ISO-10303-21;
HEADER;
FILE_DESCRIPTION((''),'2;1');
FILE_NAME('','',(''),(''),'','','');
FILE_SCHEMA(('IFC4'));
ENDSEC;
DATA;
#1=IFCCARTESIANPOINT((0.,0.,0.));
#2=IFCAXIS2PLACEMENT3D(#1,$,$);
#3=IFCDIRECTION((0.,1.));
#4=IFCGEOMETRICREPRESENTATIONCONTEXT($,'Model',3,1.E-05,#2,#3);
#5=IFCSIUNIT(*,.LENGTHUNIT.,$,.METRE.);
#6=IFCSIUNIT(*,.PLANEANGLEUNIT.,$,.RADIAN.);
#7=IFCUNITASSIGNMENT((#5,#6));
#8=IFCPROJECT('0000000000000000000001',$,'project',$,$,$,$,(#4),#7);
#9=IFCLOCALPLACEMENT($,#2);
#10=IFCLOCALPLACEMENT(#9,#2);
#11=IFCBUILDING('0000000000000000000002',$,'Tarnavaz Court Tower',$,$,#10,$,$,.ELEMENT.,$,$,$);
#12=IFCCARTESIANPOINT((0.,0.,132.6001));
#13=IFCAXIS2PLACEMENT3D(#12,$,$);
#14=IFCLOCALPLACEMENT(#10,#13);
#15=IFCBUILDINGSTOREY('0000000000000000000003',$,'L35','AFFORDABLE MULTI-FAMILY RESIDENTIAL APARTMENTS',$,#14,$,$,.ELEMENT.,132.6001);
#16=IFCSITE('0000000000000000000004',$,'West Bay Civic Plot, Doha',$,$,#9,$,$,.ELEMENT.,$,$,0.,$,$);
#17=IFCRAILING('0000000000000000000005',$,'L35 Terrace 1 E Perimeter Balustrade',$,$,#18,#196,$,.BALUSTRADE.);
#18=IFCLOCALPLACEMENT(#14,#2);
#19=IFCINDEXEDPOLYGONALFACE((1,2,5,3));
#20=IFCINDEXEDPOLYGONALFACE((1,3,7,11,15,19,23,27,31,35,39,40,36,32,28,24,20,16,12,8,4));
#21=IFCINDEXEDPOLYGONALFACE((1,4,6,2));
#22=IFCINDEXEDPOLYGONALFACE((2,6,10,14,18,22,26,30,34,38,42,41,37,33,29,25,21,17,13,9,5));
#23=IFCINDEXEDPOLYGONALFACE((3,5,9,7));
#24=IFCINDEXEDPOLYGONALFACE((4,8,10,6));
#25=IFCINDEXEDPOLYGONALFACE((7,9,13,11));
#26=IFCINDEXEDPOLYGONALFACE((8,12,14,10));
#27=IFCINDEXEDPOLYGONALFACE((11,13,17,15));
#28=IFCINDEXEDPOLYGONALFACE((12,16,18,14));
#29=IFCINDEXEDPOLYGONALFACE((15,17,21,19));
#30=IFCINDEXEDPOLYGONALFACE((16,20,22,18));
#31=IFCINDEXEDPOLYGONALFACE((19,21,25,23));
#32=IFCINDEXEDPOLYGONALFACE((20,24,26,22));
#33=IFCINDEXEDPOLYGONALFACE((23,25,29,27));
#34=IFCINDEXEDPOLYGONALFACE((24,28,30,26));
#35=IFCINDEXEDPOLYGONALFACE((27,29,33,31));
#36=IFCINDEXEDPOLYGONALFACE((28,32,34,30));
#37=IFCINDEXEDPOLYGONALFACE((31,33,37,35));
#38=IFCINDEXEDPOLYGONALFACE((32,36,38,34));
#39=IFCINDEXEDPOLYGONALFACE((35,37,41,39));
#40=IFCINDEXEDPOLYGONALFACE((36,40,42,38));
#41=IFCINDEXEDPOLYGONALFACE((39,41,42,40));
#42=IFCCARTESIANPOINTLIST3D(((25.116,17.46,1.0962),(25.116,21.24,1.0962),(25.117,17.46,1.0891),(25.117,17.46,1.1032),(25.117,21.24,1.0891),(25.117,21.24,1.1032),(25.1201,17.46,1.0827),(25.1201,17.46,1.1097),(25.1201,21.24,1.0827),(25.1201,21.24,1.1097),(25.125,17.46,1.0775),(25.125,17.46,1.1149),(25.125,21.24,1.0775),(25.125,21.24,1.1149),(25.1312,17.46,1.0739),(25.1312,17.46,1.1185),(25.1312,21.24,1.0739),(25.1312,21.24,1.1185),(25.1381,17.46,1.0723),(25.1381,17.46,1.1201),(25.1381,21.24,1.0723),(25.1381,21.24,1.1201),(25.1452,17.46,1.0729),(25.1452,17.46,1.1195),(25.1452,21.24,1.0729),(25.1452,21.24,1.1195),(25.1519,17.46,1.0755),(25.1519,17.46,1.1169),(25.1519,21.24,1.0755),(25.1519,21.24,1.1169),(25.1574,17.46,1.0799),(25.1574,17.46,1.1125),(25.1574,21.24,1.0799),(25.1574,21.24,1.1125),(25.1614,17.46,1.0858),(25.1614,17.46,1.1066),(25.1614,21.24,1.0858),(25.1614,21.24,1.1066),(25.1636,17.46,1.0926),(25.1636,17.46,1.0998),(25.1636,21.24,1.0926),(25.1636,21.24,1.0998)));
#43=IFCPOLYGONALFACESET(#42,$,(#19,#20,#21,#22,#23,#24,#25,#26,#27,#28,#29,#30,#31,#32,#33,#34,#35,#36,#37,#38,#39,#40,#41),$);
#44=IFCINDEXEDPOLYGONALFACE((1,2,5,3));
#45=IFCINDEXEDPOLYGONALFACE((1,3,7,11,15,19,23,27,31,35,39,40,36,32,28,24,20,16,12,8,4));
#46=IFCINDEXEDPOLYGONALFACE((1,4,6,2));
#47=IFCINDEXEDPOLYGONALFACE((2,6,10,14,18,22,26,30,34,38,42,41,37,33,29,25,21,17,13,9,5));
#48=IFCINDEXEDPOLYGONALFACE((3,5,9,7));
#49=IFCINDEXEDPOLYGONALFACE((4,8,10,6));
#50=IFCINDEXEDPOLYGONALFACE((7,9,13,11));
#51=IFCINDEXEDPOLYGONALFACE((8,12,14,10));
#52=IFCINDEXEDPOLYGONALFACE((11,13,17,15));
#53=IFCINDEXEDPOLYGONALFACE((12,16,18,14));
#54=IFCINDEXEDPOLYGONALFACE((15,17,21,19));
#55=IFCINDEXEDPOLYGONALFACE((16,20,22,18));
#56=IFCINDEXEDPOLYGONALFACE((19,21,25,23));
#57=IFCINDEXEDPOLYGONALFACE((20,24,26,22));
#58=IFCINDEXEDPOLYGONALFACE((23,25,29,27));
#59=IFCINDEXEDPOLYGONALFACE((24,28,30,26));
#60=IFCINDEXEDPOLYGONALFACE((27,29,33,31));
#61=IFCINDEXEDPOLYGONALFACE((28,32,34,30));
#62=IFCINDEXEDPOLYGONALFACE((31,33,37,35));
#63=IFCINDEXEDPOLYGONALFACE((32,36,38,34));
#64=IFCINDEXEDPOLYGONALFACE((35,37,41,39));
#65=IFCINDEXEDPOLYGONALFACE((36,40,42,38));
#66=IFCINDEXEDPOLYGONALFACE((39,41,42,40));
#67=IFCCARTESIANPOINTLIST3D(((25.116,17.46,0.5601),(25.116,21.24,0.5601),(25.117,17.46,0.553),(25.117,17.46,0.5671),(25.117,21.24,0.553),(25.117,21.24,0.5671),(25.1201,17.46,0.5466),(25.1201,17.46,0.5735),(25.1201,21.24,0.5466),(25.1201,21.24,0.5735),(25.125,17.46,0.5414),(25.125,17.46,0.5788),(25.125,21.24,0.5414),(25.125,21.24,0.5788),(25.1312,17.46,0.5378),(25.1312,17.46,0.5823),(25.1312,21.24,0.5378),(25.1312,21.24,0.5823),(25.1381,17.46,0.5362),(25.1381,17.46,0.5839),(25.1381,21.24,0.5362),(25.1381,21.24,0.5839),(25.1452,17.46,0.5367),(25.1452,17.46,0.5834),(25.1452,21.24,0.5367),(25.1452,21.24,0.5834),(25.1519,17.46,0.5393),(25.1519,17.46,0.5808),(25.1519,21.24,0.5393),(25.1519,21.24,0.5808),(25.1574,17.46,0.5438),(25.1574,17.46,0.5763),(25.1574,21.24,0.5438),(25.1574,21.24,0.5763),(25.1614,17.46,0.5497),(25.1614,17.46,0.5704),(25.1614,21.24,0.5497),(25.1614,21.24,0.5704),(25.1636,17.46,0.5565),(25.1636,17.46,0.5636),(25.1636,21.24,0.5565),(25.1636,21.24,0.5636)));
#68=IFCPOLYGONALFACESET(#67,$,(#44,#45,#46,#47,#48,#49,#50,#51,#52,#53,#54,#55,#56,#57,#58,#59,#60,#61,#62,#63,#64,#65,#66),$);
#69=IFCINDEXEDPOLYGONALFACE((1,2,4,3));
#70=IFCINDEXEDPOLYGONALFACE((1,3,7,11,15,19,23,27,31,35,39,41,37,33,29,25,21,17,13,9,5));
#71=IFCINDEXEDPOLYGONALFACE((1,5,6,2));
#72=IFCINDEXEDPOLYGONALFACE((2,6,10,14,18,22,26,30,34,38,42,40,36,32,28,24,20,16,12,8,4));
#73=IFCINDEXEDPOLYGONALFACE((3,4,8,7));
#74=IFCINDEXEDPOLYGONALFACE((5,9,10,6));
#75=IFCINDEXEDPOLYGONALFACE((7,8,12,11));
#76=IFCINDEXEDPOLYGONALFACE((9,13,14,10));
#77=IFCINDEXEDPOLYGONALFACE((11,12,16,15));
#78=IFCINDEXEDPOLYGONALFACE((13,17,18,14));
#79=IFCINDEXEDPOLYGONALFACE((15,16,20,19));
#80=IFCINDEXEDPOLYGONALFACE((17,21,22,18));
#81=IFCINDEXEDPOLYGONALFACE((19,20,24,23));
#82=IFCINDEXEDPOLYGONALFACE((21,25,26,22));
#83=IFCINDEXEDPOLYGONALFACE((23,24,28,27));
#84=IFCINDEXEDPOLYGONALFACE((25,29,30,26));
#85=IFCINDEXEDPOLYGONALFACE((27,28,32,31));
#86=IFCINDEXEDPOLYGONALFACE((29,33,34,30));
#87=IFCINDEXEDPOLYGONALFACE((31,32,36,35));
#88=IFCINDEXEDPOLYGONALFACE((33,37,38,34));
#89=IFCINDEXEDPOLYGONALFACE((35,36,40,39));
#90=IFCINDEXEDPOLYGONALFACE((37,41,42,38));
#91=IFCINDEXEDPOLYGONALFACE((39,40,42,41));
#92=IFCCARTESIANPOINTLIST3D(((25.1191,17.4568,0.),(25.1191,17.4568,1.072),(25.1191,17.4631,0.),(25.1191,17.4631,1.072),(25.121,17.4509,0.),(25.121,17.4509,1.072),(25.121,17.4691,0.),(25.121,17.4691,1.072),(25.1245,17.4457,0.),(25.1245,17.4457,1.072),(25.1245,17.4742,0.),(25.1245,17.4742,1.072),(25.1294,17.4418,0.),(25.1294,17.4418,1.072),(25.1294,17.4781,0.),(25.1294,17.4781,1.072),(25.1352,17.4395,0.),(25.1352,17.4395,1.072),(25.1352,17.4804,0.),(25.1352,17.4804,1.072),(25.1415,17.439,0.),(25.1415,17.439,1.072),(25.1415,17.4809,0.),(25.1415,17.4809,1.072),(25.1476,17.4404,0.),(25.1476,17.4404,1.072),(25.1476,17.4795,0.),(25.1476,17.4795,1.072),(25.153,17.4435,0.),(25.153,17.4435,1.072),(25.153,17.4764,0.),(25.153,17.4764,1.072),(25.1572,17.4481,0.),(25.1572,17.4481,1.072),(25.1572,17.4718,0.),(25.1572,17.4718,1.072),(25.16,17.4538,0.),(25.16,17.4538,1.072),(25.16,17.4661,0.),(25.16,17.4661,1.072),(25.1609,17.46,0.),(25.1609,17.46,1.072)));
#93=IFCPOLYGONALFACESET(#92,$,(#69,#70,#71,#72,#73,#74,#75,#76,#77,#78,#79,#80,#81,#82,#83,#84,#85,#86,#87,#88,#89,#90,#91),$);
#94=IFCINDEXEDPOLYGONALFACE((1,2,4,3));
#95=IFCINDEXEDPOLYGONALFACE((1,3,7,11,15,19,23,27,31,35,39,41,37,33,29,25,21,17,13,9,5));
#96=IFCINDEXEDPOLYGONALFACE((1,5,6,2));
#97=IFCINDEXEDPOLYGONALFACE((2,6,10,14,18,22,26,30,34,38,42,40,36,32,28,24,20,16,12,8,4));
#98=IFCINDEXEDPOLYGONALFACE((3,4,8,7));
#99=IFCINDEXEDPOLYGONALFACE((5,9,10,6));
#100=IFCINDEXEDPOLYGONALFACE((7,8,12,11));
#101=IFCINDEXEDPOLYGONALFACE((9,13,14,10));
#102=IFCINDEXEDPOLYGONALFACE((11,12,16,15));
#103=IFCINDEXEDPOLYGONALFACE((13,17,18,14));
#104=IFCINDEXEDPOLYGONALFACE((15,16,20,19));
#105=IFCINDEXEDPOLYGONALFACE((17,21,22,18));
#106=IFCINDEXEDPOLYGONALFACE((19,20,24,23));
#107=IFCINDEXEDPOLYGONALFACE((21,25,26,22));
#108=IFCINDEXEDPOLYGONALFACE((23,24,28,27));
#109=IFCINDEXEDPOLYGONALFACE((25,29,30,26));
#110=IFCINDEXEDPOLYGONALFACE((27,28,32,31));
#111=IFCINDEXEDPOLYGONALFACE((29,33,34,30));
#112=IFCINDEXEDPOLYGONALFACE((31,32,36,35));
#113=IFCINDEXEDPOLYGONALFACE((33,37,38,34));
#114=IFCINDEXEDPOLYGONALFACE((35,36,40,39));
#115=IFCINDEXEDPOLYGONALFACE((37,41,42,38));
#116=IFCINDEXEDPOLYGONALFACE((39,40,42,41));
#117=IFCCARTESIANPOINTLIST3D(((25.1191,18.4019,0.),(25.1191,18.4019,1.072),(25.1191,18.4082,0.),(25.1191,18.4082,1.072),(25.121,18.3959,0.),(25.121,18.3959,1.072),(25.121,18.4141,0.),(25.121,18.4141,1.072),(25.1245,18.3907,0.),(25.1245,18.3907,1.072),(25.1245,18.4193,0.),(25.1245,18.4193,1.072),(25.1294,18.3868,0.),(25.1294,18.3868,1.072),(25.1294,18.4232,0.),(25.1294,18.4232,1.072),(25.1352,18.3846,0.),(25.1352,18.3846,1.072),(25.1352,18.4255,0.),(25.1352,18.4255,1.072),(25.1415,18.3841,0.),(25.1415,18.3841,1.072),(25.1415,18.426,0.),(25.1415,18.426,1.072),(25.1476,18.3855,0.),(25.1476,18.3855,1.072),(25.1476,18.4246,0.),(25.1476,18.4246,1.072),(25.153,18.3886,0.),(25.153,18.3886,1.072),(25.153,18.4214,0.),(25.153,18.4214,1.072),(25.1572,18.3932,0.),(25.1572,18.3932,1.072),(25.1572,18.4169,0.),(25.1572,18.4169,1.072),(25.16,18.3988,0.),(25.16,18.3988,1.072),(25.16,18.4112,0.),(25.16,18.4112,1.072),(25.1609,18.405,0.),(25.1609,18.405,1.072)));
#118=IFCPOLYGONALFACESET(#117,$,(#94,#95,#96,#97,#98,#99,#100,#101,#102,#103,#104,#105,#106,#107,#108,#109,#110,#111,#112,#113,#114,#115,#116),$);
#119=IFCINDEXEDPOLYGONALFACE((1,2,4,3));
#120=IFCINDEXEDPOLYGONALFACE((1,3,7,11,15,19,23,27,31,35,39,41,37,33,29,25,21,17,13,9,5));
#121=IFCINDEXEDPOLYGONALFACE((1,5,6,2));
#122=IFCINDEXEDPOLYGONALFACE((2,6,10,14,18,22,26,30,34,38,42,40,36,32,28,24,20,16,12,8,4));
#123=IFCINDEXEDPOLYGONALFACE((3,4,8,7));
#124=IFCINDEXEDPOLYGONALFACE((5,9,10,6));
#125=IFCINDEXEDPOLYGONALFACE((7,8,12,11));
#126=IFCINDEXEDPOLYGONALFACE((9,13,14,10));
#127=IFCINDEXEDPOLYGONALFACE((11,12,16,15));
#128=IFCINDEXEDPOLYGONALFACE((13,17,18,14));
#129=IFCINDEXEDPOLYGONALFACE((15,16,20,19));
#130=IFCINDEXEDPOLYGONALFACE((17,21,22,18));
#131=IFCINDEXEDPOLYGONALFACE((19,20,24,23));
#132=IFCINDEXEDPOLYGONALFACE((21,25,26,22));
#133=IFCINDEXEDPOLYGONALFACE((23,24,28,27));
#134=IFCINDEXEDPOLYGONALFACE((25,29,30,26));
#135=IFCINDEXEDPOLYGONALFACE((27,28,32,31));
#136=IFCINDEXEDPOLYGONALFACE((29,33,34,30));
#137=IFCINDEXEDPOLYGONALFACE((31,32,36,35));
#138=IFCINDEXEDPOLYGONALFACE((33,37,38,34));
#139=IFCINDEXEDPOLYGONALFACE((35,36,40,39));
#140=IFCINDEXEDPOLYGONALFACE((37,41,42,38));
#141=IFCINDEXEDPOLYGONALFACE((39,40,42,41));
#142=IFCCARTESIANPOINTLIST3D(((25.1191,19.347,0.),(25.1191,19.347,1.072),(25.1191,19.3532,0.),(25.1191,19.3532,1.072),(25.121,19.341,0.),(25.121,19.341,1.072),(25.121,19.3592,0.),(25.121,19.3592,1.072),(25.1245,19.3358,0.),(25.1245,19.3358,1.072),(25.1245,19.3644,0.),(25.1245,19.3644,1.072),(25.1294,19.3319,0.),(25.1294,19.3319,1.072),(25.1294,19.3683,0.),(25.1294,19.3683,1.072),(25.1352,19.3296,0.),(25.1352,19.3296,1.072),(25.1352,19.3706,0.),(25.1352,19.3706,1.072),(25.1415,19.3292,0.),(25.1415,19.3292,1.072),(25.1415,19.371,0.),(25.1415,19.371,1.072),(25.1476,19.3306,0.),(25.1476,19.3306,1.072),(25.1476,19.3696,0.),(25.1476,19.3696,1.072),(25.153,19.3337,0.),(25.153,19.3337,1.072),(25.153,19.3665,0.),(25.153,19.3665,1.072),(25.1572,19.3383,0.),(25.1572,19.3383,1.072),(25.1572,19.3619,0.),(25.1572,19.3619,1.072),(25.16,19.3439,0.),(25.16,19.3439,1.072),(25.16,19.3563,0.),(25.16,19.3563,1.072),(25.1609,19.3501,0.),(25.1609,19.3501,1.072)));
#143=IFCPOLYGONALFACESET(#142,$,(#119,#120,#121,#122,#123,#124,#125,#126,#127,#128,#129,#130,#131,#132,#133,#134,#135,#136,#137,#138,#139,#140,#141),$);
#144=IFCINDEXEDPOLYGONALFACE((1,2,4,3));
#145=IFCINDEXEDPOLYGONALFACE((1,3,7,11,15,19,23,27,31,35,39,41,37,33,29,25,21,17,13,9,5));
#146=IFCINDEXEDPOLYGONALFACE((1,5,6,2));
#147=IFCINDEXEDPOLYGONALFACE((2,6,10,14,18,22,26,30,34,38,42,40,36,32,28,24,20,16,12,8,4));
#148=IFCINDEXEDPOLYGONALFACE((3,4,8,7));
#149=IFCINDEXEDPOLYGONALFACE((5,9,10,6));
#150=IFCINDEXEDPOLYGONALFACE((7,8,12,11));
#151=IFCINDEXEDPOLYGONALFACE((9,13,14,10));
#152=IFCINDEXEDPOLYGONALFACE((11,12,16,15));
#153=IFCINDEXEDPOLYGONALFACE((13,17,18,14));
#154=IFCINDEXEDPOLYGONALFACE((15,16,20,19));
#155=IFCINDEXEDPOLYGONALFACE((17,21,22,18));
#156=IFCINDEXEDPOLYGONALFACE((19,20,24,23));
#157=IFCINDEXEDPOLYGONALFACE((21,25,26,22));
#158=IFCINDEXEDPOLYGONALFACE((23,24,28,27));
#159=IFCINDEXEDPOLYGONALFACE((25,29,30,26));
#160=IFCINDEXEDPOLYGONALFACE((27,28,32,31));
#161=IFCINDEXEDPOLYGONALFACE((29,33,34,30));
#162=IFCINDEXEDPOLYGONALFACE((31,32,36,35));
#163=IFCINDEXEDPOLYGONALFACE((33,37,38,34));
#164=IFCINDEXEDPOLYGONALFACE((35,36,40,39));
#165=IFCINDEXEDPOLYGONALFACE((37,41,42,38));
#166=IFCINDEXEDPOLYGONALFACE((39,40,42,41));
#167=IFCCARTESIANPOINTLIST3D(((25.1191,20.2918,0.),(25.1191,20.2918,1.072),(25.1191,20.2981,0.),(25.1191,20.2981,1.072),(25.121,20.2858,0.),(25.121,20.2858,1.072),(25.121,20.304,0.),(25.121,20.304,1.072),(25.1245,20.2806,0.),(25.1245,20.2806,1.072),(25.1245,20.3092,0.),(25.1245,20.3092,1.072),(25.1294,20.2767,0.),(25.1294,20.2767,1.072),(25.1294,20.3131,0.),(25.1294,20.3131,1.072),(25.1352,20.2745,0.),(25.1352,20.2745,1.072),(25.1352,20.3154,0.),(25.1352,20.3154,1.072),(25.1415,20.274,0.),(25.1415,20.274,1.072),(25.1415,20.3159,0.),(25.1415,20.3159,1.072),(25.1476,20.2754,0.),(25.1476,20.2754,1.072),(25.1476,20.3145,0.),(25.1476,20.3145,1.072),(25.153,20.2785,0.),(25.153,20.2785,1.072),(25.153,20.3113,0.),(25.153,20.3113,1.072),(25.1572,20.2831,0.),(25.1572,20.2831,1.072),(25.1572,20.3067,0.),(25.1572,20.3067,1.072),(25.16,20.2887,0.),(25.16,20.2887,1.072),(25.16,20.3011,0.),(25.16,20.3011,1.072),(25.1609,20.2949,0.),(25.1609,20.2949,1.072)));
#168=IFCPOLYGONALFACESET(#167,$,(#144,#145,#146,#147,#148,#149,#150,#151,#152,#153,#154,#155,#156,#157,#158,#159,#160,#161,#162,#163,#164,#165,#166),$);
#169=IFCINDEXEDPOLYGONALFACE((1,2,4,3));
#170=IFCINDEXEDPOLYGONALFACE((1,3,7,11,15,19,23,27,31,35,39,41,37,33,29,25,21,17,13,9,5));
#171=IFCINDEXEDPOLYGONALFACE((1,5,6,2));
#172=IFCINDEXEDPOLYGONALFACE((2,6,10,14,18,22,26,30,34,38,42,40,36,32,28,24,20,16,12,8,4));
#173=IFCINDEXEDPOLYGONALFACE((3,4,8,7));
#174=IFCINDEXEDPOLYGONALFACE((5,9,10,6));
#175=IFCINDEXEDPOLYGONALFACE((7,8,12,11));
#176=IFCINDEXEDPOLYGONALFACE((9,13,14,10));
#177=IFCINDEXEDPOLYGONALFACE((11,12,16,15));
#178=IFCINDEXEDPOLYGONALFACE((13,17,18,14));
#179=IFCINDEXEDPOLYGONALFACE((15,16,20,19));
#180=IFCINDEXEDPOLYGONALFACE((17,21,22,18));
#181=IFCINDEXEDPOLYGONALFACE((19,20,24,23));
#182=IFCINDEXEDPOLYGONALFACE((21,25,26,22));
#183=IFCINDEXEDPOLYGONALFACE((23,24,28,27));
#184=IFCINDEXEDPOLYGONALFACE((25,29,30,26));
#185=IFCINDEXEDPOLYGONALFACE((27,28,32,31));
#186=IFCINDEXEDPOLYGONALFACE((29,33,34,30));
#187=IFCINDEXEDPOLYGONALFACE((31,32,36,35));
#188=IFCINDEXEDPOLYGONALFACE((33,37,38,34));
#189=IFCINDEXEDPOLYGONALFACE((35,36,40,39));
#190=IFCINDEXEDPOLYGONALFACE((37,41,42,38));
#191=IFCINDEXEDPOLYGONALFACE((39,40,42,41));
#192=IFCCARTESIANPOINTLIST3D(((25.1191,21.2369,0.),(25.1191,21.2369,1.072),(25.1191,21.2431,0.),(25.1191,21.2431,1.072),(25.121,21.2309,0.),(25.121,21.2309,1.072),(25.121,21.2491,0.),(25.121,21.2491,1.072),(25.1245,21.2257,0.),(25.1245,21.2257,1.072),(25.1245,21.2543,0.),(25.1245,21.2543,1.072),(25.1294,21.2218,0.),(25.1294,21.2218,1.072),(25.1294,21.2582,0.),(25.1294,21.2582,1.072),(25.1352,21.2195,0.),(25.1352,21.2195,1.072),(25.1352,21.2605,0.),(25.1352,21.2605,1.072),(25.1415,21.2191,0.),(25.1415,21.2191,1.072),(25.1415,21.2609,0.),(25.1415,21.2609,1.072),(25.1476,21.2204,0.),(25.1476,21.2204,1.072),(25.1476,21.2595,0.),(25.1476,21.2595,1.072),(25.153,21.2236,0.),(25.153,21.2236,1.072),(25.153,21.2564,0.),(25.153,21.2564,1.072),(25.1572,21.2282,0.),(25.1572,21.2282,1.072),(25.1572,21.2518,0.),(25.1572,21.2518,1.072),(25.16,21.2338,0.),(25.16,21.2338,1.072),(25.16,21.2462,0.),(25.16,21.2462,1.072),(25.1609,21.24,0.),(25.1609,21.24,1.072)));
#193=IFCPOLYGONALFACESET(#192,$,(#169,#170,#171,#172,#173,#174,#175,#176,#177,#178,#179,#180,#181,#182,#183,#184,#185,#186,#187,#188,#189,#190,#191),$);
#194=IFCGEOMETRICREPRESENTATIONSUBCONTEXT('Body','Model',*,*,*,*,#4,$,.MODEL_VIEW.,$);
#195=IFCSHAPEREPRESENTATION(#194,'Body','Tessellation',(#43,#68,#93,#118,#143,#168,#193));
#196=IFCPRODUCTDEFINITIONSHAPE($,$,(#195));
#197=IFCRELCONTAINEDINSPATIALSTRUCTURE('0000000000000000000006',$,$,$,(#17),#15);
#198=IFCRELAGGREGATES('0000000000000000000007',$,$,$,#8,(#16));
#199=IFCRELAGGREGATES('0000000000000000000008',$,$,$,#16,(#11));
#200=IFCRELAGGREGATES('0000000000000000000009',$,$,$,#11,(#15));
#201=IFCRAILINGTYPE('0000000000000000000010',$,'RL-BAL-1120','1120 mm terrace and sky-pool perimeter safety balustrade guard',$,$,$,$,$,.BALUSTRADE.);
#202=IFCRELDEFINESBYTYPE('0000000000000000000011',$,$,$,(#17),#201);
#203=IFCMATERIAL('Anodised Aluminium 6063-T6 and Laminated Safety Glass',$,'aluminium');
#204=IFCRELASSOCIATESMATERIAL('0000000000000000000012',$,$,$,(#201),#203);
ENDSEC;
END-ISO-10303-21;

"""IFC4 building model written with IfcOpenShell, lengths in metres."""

from ifc_helpers import new_model, si_unit, direction, frame, origin, origin_2d, place, context, subcontext, project, spatial, circle, extrude, material, type_object, element, save


model = new_model("IFC4")

# Units and contexts
model_context = context("Model", 3, precision=1e-05, world=origin(), true_north=direction((0.0, 1.0)))
body_context = subcontext(model_context, "Body", "Model", "MODEL_VIEW")
ifc_project = project(units=[si_unit("LENGTHUNIT", "METRE"), si_unit("PLANEANGLEUNIT", "RADIAN")], contexts=[model_context])

# Site, building, storey
site_placement = place(None, origin())
site = spatial("IfcSite", under=ifc_project, at=site_placement, Name="West Bay Civic Plot, Doha", CompositionType="ELEMENT", RefElevation=0.0)
building_placement = place(site_placement, origin())
building = spatial("IfcBuilding", under=site, at=building_placement, Name="Tarnavaz Court Tower", CompositionType="ELEMENT")
storey_placement = place(building_placement, frame((0.0, 0.0, 132.6001)))
storey = spatial("IfcBuildingStorey", under=building, at=storey_placement, Name="L35", Description="AFFORDABLE MULTI-FAMILY RESIDENTIAL APARTMENTS", CompositionType="ELEMENT", Elevation=132.6001)

# Railing
ifc_material_1 = material(Name="Anodised Aluminium 6063-T6 and Laminated Safety Glass", Category="aluminium")
railing_type = type_object("IfcRailingType", Name="RL-BAL-1120", Description="1120 mm terrace and sky-pool perimeter safety balustrade guard", PredefinedType="BALUSTRADE", material=ifc_material_1)
railing_1_placement = place(storey_placement, frame((25.1399, 17.46, 0.0)))
element("IfcRailing", 1, at=railing_1_placement, inside=storey, type_object=railing_type, Name="L35 Terrace 1 E Perimeter Balustrade", PredefinedType="BALUSTRADE", context=body_context, shape_type="SweptSolid", body=[
    extrude(circle(Radius=0.0239, at=origin_2d()), frame((0.0, 0.0, 1.0962), z_axis=(0.0, 1.0, 0.0), x_axis=(-1.0, 0.0, 0.0)), (0.0, 0.0, 1.0), 3.78),
    extrude(circle(Radius=0.0239, at=origin_2d()), frame((0.0, 0.0, 0.5601), z_axis=(0.0, 1.0, 0.0), x_axis=(-1.0, 0.0, 0.0)), (0.0, 0.0, 1.0), 3.78),
    extrude(circle(Radius=0.021, at=origin_2d()), origin(), (0.0, 0.0, 1.0), 1.072),
    extrude(circle(Radius=0.021, at=origin_2d()), frame((0.0, 0.9451, 0.0)), (0.0, 0.0, 1.0), 1.072),
    extrude(circle(Radius=0.021, at=origin_2d()), frame((0.0, 1.8901, 0.0)), (0.0, 0.0, 1.0), 1.072),
    extrude(circle(Radius=0.021, at=origin_2d()), frame((0.0, 2.835, 0.0)), (0.0, 0.0, 1.0), 1.072),
    extrude(circle(Radius=0.021, at=origin_2d()), frame((0.0, 3.78, 0.0)), (0.0, 0.0, 1.0), 1.072),
])

save(model, "model.ifc")
